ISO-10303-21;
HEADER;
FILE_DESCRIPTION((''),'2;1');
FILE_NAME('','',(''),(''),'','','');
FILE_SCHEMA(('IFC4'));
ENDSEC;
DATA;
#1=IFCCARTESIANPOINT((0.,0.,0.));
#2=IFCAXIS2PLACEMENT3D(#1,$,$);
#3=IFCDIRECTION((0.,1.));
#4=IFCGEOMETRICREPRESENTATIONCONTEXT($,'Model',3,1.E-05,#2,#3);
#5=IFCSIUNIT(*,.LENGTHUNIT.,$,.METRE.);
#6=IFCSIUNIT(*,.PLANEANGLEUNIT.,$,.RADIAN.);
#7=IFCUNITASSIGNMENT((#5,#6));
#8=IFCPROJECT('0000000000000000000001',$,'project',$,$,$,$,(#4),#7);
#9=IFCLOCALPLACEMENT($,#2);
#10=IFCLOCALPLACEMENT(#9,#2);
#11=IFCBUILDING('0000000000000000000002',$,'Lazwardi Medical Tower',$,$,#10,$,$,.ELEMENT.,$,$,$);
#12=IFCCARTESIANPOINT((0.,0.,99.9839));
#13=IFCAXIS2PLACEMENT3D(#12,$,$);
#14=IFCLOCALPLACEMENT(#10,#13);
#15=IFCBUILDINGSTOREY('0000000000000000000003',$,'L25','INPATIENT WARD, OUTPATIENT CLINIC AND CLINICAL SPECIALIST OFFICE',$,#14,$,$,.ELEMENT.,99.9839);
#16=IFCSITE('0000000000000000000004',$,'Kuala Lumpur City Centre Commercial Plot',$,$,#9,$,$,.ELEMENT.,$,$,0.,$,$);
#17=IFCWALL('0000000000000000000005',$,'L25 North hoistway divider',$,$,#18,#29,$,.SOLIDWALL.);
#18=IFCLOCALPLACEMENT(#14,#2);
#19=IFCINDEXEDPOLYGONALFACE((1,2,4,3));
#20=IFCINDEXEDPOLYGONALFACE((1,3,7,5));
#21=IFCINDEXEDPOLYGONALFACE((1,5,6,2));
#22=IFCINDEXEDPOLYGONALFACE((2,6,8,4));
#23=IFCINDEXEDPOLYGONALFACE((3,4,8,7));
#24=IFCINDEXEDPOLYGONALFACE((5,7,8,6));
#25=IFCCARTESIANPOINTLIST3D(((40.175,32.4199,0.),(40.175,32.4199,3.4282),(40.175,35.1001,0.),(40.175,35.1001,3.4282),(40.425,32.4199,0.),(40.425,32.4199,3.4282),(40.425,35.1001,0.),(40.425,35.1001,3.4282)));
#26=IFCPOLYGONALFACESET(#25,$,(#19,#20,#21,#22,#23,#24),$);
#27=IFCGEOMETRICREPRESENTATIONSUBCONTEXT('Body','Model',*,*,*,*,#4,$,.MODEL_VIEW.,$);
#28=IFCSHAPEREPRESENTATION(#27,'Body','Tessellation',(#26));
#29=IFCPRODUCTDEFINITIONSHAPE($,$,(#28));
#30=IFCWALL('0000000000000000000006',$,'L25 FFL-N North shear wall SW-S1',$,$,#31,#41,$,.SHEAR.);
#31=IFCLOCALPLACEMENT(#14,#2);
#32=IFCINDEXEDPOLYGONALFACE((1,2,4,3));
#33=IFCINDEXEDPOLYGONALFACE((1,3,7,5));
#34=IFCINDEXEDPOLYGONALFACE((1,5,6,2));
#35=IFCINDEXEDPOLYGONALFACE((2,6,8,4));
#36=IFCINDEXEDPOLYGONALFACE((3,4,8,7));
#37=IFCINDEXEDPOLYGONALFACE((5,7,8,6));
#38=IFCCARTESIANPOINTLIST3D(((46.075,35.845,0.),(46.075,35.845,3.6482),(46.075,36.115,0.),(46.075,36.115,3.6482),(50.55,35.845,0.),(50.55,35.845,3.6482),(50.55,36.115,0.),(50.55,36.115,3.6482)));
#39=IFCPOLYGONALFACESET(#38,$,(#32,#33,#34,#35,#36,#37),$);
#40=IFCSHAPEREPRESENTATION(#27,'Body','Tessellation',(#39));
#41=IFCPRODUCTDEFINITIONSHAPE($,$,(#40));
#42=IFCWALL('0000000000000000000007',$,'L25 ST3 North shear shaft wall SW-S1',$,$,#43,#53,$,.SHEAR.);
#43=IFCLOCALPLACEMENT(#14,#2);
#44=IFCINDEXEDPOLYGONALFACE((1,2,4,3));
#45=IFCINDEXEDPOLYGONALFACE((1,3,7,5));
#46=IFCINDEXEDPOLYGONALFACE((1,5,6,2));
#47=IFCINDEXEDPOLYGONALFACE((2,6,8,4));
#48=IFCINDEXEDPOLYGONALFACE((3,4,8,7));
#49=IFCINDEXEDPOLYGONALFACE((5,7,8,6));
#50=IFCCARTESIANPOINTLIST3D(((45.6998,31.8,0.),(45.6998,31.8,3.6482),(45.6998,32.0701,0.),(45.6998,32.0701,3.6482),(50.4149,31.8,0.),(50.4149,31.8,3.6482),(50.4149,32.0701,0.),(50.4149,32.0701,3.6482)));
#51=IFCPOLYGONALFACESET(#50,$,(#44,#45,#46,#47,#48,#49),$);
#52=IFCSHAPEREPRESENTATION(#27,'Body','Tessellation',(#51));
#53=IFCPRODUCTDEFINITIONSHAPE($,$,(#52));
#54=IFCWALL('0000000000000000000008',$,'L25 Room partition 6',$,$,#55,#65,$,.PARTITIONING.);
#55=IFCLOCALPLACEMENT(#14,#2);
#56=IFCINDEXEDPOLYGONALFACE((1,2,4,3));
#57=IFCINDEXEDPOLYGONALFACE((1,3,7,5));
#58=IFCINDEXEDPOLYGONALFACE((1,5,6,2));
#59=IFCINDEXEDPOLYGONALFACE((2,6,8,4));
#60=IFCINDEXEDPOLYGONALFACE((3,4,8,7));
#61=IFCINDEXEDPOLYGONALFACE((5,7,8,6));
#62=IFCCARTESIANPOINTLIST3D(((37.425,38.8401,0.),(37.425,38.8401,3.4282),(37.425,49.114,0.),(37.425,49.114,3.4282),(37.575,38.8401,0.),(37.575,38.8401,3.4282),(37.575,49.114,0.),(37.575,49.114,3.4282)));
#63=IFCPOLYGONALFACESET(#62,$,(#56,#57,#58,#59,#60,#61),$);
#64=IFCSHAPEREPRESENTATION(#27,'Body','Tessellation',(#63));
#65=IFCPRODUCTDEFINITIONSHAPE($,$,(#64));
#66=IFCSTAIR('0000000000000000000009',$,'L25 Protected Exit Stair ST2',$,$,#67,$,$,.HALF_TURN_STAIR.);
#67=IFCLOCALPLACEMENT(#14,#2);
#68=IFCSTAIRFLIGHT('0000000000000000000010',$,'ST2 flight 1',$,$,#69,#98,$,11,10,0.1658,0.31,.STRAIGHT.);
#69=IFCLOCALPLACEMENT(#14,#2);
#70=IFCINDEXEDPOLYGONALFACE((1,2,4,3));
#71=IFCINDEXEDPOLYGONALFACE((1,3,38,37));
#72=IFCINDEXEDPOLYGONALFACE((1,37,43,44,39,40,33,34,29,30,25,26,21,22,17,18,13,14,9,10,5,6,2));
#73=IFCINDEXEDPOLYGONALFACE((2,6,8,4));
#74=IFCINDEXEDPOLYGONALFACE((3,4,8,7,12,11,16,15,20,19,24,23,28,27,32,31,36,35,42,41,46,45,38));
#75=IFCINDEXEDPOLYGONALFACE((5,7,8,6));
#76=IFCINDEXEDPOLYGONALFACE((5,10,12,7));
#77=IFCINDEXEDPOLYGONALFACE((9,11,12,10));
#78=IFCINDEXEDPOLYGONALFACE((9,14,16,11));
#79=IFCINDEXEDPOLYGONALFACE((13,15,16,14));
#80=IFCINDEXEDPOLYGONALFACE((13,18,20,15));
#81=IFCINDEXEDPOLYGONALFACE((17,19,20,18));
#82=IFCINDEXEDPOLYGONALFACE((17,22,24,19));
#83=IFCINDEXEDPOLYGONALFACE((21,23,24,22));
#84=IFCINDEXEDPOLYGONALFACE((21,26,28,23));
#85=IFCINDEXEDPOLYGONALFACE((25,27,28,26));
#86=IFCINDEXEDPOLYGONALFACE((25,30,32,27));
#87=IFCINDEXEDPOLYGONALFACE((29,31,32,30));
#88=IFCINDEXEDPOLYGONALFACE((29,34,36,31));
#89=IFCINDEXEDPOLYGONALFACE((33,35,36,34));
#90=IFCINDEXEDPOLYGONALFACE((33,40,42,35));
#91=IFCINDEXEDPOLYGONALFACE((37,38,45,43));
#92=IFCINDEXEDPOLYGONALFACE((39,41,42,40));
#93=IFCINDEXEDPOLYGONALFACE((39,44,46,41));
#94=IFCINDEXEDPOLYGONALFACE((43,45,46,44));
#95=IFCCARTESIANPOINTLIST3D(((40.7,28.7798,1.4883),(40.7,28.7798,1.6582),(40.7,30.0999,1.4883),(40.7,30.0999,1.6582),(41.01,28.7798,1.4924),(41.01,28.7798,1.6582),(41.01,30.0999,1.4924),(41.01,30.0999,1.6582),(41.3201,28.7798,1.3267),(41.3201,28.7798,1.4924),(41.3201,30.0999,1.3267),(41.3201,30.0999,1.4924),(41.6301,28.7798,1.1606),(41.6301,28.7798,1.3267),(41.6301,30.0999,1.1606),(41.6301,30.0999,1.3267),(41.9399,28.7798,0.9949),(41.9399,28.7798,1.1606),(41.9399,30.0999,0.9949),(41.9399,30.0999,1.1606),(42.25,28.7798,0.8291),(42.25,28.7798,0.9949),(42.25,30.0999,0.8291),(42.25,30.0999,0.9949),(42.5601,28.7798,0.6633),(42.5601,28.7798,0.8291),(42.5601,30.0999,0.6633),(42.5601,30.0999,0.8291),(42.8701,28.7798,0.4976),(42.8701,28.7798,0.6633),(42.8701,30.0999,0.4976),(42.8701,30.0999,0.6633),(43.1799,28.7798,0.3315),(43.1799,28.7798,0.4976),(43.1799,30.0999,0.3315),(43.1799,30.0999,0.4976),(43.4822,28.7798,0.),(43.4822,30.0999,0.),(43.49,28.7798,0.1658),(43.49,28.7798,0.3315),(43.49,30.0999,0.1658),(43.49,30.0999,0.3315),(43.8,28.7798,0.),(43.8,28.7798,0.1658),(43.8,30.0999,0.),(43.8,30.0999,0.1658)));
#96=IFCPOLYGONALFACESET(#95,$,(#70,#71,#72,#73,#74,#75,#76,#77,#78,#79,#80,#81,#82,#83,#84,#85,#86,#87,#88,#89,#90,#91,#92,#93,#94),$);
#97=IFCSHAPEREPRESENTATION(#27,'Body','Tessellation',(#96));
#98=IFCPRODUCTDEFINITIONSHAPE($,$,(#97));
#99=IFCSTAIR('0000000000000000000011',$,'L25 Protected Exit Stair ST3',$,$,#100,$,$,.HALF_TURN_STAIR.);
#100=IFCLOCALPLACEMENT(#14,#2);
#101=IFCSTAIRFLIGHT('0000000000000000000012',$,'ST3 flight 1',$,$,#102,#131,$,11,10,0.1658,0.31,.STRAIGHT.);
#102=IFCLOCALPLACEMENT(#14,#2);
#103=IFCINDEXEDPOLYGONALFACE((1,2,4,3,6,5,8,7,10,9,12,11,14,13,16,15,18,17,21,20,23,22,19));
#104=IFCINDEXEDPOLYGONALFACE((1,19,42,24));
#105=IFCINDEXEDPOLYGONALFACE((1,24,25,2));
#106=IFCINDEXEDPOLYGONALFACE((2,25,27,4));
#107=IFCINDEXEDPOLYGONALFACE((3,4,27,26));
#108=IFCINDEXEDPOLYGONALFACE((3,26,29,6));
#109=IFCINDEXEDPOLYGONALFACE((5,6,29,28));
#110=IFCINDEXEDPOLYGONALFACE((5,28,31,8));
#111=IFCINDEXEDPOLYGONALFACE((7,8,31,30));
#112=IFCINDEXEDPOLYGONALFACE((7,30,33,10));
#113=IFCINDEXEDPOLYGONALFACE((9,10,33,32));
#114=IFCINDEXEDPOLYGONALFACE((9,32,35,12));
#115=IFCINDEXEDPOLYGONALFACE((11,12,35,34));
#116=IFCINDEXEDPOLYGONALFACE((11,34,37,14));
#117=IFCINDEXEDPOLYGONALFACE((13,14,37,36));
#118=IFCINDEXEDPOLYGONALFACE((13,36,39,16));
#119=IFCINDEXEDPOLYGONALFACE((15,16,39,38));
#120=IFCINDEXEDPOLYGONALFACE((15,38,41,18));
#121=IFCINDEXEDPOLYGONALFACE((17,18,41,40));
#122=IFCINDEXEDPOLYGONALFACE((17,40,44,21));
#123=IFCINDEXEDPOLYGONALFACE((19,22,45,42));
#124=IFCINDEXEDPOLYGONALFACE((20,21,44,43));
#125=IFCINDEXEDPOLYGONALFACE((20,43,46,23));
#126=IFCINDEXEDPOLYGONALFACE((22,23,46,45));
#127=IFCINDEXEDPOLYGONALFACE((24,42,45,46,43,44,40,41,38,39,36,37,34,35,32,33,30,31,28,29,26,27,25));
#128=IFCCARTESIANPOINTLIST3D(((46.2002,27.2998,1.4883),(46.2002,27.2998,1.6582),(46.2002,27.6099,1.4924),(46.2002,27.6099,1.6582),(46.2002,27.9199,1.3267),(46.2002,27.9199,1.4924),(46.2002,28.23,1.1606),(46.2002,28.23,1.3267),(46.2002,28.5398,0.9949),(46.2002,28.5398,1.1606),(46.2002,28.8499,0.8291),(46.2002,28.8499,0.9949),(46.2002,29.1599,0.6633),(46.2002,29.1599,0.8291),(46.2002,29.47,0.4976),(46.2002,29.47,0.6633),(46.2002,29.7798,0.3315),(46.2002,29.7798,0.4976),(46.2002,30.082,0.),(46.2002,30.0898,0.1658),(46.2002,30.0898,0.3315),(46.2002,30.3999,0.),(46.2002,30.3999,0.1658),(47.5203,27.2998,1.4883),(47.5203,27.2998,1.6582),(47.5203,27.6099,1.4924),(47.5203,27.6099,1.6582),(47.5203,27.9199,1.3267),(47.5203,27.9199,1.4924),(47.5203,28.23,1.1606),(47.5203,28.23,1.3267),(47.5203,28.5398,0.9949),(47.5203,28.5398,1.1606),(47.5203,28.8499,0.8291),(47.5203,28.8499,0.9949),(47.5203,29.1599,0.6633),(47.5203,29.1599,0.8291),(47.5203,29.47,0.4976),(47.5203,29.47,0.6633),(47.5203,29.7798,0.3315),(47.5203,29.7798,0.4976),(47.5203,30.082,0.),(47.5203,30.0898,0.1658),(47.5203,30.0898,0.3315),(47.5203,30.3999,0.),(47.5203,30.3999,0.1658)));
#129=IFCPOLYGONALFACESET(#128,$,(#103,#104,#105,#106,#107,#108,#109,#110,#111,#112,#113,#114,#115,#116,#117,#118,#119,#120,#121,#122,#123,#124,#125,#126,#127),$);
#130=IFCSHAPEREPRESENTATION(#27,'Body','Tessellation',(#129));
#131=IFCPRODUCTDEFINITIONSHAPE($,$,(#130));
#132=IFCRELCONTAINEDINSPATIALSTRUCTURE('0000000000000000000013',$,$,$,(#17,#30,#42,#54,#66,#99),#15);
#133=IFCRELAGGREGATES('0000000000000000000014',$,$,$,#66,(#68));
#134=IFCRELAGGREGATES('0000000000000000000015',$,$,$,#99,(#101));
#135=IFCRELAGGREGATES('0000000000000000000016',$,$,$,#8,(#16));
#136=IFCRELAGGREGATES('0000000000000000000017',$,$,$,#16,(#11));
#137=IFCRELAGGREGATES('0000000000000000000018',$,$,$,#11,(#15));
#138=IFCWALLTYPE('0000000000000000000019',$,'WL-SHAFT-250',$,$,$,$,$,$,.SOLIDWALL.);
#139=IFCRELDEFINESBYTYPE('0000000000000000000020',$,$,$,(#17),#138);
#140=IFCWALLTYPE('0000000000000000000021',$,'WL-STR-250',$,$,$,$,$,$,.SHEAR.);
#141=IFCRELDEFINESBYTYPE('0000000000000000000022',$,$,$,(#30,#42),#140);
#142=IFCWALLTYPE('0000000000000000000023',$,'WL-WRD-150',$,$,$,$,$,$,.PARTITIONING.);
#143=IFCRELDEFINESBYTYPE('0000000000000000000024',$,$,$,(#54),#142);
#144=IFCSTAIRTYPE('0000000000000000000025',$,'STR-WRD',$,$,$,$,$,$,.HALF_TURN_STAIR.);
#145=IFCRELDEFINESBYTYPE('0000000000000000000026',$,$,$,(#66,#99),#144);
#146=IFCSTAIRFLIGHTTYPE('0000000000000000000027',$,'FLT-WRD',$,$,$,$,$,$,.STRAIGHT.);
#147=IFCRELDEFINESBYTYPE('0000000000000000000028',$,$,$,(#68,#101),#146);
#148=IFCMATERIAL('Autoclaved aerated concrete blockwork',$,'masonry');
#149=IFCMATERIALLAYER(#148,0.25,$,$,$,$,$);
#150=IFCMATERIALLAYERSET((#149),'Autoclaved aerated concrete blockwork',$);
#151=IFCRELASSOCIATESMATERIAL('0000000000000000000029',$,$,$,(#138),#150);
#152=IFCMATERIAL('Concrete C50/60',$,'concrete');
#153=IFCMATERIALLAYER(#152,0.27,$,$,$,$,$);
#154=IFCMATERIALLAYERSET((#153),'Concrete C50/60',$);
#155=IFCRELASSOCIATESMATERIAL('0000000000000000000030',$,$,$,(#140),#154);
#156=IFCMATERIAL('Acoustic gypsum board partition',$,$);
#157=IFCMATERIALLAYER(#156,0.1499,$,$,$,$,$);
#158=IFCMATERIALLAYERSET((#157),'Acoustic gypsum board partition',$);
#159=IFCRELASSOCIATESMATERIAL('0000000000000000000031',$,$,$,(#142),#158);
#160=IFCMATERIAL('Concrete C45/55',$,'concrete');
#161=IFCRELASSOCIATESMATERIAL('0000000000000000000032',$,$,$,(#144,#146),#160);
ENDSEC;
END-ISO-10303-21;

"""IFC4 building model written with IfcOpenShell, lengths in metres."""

from ifc_helpers import new_model, si_unit, direction, frame, frame_2d, origin, place, context, subcontext, project, spatial, polyline, rectangle, outline, extrude, material, layer, layer_set, type_object, element, aggregate, save


model = new_model("IFC4")

# Units and contexts
model_context = context("Model", 3, precision=1e-05, world=origin(), true_north=direction((0.0, 1.0)))
body_context = subcontext(model_context, "Body", "Model", "MODEL_VIEW")
ifc_project = project(units=[si_unit("LENGTHUNIT", "METRE"), si_unit("PLANEANGLEUNIT", "RADIAN")], contexts=[model_context])

# Site, building, storey
site_placement = place(None, origin())
site = spatial("IfcSite", under=ifc_project, at=site_placement, Name="Kuala Lumpur City Centre Commercial Plot", CompositionType="ELEMENT", RefElevation=0.0)
building_placement = place(site_placement, origin())
building = spatial("IfcBuilding", under=site, at=building_placement, Name="Lazwardi Medical Tower", CompositionType="ELEMENT")
storey_placement = place(building_placement, frame((0.0, 0.0, 99.9839)))
storey = spatial("IfcBuildingStorey", under=building, at=storey_placement, Name="L25", Description="INPATIENT WARD, OUTPATIENT CLINIC AND CLINICAL SPECIALIST OFFICE", CompositionType="ELEMENT", Elevation=99.9839)

# Wall
ifc_material_1 = material(Name="Autoclaved aerated concrete blockwork", Category="masonry")
ifc_layer_1 = layer(ifc_material_1, 0.25)
ifc_layer_set_1 = layer_set([ifc_layer_1], Name="Autoclaved aerated concrete blockwork")
wall_type_1 = type_object("IfcWallType", Name="WL-SHAFT-250", PredefinedType="SOLIDWALL", material=ifc_layer_set_1)
for number, where, z_axis, x_axis, name in (
    (1, (40.3, 32.4199, 0.0), (0.0, 0.0, 1.0), (0.0, 1.0, 0.0), "L25 North hoistway divider"),
):
    element("IfcWall", number, at=place(storey_placement, frame(where, z_axis=z_axis, x_axis=x_axis)), inside=storey, type_object=wall_type_1, Name=name, PredefinedType="SOLIDWALL", context=body_context, shape_type="SweptSolid", body=[
        extrude(rectangle(XDim=2.6802, YDim=0.25, at=frame_2d((1.3401, 0.0))), origin(), (0.0, 0.0, 1.0), 3.4282),
    ])

# Shared definitions
ifc_material_2 = material(Name="Concrete C50/60", Category="concrete")
ifc_layer_2 = layer(ifc_material_2, 0.27)
ifc_layer_set_2 = layer_set([ifc_layer_2], Name="Concrete C50/60")
wall_type_2 = type_object("IfcWallType", Name="WL-STR-250", PredefinedType="SHEAR", material=ifc_layer_set_2)

# Walls
wall_1_placement = place(storey_placement, frame((46.075, 35.98, 0.0), z_axis=(0.0, 0.0, 1.0), x_axis=(1.0, 0.0, 0.0)))
element("IfcWall", 2, at=wall_1_placement, inside=storey, type_object=wall_type_2, Name="L25 FFL-N North shear wall SW-S1", PredefinedType="SHEAR", context=body_context, shape_type="SweptSolid", body=[
    extrude(rectangle(XDim=4.4751, YDim=0.27, at=frame_2d((2.2375, 0.0))), origin(), (0.0, 0.0, 1.0), 3.6482),
])
wall_2_placement = place(storey_placement, frame((45.7, 31.9351, 0.0), z_axis=(0.0, 0.0, 1.0), x_axis=(1.0, 0.0, 0.0)))
element("IfcWall", 3, at=wall_2_placement, inside=storey, type_object=wall_type_2, Name="L25 ST3 North shear shaft wall SW-S1", PredefinedType="SHEAR", context=body_context, shape_type="SweptSolid", body=[
    extrude(rectangle(XDim=4.7151, YDim=0.27, at=frame_2d((2.3574, 0.0))), origin(), (0.0, 0.0, 1.0), 3.6482),
])
ifc_material_3 = material(Name="Acoustic gypsum board partition")
ifc_layer_3 = layer(ifc_material_3, 0.1499)
ifc_layer_set_3 = layer_set([ifc_layer_3], Name="Acoustic gypsum board partition")
wall_type_3 = type_object("IfcWallType", Name="WL-WRD-150", PredefinedType="PARTITIONING", material=ifc_layer_set_3)
wall_3_placement = place(storey_placement, frame((37.5, 38.8401, 0.0), z_axis=(0.0, 0.0, 1.0), x_axis=(0.0, 1.0, 0.0)))
element("IfcWall", 4, at=wall_3_placement, inside=storey, type_object=wall_type_3, Name="L25 Room partition 6", PredefinedType="PARTITIONING", context=body_context, shape_type="SweptSolid", body=[
    extrude(rectangle(XDim=10.2739, YDim=0.1499, at=frame_2d((5.137, 0.0))), origin(), (0.0, 0.0, 1.0), 3.4282),
])

# Stairs, stair flights
ifc_material_4 = material(Name="Concrete C45/55", Category="concrete")
stair_type = type_object("IfcStairType", Name="STR-WRD", PredefinedType="HALF_TURN_STAIR", material=ifc_material_4)
stair_1_placement = place(storey_placement, origin())
stair_1 = element("IfcStair", 5, at=stair_1_placement, inside=storey, type_object=stair_type, Name="L25 Protected Exit Stair ST2", PredefinedType="HALF_TURN_STAIR")
stair_flight_type = type_object("IfcStairFlightType", Name="FLT-WRD", PredefinedType="STRAIGHT", material=ifc_material_4)
stair_flight_1_placement = place(storey_placement, frame((43.8, 29.4399, 0.0), z_axis=(0.0, 0.0, 1.0), x_axis=(-1.0, 0.0, 0.0)))
stair_flight_1 = element("IfcStairFlight", 6, at=stair_flight_1_placement, type_object=stair_flight_type, Name="ST2 flight 1", NumberOfRisers=11, NumberOfTreads=10, PredefinedType="STRAIGHT", RiserHeight=0.1658, TreadLength=0.31, context=body_context, shape_type="SweptSolid", body=[
    extrude(outline(polyline([(0.0, 0.0), (0.0, 0.1658), (0.3101, 0.1658), (0.3101, 0.3315), (0.6201, 0.3315), (0.6201, 0.4976), (0.9299, 0.4976), (0.9299, 0.6633), (1.24, 0.6633), (1.24, 0.8291), (1.55, 0.8291), (1.55, 0.9949), (1.8601, 0.9949), (1.8601, 1.1606), (2.1699, 1.1606), (2.1699, 1.3267), (2.48, 1.3267), (2.48, 1.4924), (2.79, 1.4924), (2.79, 1.6582), (3.1001, 1.6582), (3.1001, 1.824), (3.1001, 1.4883), (0.3179, 0.0), (0.0, 0.0)])), frame((0.0, 0.6602, 0.0), z_axis=(0.0, -1.0, 0.0), x_axis=(1.0, 0.0, 0.0)), (0.0, 0.0, 1.0), 1.3201),
])
aggregate(stair_1, [stair_flight_1])
stair_2_placement = place(storey_placement, origin())
stair_2 = element("IfcStair", 7, at=stair_2_placement, inside=storey, type_object=stair_type, Name="L25 Protected Exit Stair ST3", PredefinedType="HALF_TURN_STAIR")
stair_flight_2_placement = place(storey_placement, frame((46.8601, 30.3999, 0.0), z_axis=(0.0, 0.0, 1.0), x_axis=(0.0, -1.0, 0.0)))
stair_flight_2 = element("IfcStairFlight", 8, at=stair_flight_2_placement, type_object=stair_flight_type, Name="ST3 flight 1", NumberOfRisers=11, NumberOfTreads=10, PredefinedType="STRAIGHT", RiserHeight=0.1658, TreadLength=0.31, context=body_context, shape_type="SweptSolid", body=[
    extrude(outline(polyline([(0.0, 0.0), (0.0, 0.1658), (0.3101, 0.1658), (0.3101, 0.3315), (0.6201, 0.3315), (0.6201, 0.4976), (0.9299, 0.4976), (0.9299, 0.6633), (1.24, 0.6633), (1.24, 0.8291), (1.55, 0.8291), (1.55, 0.9949), (1.8601, 0.9949), (1.8601, 1.1606), (2.1699, 1.1606), (2.1699, 1.3267), (2.48, 1.3267), (2.48, 1.4924), (2.79, 1.4924), (2.79, 1.6582), (3.1001, 1.6582), (3.1001, 1.824), (3.1001, 1.4883), (0.3179, 0.0), (0.0, 0.0)])), frame((0.0, 0.6602, 0.0), z_axis=(0.0, -1.0, 0.0), x_axis=(1.0, 0.0, 0.0)), (0.0, 0.0, 1.0), 1.3201),
])
aggregate(stair_2, [stair_flight_2])

save(model, "model.ifc")
